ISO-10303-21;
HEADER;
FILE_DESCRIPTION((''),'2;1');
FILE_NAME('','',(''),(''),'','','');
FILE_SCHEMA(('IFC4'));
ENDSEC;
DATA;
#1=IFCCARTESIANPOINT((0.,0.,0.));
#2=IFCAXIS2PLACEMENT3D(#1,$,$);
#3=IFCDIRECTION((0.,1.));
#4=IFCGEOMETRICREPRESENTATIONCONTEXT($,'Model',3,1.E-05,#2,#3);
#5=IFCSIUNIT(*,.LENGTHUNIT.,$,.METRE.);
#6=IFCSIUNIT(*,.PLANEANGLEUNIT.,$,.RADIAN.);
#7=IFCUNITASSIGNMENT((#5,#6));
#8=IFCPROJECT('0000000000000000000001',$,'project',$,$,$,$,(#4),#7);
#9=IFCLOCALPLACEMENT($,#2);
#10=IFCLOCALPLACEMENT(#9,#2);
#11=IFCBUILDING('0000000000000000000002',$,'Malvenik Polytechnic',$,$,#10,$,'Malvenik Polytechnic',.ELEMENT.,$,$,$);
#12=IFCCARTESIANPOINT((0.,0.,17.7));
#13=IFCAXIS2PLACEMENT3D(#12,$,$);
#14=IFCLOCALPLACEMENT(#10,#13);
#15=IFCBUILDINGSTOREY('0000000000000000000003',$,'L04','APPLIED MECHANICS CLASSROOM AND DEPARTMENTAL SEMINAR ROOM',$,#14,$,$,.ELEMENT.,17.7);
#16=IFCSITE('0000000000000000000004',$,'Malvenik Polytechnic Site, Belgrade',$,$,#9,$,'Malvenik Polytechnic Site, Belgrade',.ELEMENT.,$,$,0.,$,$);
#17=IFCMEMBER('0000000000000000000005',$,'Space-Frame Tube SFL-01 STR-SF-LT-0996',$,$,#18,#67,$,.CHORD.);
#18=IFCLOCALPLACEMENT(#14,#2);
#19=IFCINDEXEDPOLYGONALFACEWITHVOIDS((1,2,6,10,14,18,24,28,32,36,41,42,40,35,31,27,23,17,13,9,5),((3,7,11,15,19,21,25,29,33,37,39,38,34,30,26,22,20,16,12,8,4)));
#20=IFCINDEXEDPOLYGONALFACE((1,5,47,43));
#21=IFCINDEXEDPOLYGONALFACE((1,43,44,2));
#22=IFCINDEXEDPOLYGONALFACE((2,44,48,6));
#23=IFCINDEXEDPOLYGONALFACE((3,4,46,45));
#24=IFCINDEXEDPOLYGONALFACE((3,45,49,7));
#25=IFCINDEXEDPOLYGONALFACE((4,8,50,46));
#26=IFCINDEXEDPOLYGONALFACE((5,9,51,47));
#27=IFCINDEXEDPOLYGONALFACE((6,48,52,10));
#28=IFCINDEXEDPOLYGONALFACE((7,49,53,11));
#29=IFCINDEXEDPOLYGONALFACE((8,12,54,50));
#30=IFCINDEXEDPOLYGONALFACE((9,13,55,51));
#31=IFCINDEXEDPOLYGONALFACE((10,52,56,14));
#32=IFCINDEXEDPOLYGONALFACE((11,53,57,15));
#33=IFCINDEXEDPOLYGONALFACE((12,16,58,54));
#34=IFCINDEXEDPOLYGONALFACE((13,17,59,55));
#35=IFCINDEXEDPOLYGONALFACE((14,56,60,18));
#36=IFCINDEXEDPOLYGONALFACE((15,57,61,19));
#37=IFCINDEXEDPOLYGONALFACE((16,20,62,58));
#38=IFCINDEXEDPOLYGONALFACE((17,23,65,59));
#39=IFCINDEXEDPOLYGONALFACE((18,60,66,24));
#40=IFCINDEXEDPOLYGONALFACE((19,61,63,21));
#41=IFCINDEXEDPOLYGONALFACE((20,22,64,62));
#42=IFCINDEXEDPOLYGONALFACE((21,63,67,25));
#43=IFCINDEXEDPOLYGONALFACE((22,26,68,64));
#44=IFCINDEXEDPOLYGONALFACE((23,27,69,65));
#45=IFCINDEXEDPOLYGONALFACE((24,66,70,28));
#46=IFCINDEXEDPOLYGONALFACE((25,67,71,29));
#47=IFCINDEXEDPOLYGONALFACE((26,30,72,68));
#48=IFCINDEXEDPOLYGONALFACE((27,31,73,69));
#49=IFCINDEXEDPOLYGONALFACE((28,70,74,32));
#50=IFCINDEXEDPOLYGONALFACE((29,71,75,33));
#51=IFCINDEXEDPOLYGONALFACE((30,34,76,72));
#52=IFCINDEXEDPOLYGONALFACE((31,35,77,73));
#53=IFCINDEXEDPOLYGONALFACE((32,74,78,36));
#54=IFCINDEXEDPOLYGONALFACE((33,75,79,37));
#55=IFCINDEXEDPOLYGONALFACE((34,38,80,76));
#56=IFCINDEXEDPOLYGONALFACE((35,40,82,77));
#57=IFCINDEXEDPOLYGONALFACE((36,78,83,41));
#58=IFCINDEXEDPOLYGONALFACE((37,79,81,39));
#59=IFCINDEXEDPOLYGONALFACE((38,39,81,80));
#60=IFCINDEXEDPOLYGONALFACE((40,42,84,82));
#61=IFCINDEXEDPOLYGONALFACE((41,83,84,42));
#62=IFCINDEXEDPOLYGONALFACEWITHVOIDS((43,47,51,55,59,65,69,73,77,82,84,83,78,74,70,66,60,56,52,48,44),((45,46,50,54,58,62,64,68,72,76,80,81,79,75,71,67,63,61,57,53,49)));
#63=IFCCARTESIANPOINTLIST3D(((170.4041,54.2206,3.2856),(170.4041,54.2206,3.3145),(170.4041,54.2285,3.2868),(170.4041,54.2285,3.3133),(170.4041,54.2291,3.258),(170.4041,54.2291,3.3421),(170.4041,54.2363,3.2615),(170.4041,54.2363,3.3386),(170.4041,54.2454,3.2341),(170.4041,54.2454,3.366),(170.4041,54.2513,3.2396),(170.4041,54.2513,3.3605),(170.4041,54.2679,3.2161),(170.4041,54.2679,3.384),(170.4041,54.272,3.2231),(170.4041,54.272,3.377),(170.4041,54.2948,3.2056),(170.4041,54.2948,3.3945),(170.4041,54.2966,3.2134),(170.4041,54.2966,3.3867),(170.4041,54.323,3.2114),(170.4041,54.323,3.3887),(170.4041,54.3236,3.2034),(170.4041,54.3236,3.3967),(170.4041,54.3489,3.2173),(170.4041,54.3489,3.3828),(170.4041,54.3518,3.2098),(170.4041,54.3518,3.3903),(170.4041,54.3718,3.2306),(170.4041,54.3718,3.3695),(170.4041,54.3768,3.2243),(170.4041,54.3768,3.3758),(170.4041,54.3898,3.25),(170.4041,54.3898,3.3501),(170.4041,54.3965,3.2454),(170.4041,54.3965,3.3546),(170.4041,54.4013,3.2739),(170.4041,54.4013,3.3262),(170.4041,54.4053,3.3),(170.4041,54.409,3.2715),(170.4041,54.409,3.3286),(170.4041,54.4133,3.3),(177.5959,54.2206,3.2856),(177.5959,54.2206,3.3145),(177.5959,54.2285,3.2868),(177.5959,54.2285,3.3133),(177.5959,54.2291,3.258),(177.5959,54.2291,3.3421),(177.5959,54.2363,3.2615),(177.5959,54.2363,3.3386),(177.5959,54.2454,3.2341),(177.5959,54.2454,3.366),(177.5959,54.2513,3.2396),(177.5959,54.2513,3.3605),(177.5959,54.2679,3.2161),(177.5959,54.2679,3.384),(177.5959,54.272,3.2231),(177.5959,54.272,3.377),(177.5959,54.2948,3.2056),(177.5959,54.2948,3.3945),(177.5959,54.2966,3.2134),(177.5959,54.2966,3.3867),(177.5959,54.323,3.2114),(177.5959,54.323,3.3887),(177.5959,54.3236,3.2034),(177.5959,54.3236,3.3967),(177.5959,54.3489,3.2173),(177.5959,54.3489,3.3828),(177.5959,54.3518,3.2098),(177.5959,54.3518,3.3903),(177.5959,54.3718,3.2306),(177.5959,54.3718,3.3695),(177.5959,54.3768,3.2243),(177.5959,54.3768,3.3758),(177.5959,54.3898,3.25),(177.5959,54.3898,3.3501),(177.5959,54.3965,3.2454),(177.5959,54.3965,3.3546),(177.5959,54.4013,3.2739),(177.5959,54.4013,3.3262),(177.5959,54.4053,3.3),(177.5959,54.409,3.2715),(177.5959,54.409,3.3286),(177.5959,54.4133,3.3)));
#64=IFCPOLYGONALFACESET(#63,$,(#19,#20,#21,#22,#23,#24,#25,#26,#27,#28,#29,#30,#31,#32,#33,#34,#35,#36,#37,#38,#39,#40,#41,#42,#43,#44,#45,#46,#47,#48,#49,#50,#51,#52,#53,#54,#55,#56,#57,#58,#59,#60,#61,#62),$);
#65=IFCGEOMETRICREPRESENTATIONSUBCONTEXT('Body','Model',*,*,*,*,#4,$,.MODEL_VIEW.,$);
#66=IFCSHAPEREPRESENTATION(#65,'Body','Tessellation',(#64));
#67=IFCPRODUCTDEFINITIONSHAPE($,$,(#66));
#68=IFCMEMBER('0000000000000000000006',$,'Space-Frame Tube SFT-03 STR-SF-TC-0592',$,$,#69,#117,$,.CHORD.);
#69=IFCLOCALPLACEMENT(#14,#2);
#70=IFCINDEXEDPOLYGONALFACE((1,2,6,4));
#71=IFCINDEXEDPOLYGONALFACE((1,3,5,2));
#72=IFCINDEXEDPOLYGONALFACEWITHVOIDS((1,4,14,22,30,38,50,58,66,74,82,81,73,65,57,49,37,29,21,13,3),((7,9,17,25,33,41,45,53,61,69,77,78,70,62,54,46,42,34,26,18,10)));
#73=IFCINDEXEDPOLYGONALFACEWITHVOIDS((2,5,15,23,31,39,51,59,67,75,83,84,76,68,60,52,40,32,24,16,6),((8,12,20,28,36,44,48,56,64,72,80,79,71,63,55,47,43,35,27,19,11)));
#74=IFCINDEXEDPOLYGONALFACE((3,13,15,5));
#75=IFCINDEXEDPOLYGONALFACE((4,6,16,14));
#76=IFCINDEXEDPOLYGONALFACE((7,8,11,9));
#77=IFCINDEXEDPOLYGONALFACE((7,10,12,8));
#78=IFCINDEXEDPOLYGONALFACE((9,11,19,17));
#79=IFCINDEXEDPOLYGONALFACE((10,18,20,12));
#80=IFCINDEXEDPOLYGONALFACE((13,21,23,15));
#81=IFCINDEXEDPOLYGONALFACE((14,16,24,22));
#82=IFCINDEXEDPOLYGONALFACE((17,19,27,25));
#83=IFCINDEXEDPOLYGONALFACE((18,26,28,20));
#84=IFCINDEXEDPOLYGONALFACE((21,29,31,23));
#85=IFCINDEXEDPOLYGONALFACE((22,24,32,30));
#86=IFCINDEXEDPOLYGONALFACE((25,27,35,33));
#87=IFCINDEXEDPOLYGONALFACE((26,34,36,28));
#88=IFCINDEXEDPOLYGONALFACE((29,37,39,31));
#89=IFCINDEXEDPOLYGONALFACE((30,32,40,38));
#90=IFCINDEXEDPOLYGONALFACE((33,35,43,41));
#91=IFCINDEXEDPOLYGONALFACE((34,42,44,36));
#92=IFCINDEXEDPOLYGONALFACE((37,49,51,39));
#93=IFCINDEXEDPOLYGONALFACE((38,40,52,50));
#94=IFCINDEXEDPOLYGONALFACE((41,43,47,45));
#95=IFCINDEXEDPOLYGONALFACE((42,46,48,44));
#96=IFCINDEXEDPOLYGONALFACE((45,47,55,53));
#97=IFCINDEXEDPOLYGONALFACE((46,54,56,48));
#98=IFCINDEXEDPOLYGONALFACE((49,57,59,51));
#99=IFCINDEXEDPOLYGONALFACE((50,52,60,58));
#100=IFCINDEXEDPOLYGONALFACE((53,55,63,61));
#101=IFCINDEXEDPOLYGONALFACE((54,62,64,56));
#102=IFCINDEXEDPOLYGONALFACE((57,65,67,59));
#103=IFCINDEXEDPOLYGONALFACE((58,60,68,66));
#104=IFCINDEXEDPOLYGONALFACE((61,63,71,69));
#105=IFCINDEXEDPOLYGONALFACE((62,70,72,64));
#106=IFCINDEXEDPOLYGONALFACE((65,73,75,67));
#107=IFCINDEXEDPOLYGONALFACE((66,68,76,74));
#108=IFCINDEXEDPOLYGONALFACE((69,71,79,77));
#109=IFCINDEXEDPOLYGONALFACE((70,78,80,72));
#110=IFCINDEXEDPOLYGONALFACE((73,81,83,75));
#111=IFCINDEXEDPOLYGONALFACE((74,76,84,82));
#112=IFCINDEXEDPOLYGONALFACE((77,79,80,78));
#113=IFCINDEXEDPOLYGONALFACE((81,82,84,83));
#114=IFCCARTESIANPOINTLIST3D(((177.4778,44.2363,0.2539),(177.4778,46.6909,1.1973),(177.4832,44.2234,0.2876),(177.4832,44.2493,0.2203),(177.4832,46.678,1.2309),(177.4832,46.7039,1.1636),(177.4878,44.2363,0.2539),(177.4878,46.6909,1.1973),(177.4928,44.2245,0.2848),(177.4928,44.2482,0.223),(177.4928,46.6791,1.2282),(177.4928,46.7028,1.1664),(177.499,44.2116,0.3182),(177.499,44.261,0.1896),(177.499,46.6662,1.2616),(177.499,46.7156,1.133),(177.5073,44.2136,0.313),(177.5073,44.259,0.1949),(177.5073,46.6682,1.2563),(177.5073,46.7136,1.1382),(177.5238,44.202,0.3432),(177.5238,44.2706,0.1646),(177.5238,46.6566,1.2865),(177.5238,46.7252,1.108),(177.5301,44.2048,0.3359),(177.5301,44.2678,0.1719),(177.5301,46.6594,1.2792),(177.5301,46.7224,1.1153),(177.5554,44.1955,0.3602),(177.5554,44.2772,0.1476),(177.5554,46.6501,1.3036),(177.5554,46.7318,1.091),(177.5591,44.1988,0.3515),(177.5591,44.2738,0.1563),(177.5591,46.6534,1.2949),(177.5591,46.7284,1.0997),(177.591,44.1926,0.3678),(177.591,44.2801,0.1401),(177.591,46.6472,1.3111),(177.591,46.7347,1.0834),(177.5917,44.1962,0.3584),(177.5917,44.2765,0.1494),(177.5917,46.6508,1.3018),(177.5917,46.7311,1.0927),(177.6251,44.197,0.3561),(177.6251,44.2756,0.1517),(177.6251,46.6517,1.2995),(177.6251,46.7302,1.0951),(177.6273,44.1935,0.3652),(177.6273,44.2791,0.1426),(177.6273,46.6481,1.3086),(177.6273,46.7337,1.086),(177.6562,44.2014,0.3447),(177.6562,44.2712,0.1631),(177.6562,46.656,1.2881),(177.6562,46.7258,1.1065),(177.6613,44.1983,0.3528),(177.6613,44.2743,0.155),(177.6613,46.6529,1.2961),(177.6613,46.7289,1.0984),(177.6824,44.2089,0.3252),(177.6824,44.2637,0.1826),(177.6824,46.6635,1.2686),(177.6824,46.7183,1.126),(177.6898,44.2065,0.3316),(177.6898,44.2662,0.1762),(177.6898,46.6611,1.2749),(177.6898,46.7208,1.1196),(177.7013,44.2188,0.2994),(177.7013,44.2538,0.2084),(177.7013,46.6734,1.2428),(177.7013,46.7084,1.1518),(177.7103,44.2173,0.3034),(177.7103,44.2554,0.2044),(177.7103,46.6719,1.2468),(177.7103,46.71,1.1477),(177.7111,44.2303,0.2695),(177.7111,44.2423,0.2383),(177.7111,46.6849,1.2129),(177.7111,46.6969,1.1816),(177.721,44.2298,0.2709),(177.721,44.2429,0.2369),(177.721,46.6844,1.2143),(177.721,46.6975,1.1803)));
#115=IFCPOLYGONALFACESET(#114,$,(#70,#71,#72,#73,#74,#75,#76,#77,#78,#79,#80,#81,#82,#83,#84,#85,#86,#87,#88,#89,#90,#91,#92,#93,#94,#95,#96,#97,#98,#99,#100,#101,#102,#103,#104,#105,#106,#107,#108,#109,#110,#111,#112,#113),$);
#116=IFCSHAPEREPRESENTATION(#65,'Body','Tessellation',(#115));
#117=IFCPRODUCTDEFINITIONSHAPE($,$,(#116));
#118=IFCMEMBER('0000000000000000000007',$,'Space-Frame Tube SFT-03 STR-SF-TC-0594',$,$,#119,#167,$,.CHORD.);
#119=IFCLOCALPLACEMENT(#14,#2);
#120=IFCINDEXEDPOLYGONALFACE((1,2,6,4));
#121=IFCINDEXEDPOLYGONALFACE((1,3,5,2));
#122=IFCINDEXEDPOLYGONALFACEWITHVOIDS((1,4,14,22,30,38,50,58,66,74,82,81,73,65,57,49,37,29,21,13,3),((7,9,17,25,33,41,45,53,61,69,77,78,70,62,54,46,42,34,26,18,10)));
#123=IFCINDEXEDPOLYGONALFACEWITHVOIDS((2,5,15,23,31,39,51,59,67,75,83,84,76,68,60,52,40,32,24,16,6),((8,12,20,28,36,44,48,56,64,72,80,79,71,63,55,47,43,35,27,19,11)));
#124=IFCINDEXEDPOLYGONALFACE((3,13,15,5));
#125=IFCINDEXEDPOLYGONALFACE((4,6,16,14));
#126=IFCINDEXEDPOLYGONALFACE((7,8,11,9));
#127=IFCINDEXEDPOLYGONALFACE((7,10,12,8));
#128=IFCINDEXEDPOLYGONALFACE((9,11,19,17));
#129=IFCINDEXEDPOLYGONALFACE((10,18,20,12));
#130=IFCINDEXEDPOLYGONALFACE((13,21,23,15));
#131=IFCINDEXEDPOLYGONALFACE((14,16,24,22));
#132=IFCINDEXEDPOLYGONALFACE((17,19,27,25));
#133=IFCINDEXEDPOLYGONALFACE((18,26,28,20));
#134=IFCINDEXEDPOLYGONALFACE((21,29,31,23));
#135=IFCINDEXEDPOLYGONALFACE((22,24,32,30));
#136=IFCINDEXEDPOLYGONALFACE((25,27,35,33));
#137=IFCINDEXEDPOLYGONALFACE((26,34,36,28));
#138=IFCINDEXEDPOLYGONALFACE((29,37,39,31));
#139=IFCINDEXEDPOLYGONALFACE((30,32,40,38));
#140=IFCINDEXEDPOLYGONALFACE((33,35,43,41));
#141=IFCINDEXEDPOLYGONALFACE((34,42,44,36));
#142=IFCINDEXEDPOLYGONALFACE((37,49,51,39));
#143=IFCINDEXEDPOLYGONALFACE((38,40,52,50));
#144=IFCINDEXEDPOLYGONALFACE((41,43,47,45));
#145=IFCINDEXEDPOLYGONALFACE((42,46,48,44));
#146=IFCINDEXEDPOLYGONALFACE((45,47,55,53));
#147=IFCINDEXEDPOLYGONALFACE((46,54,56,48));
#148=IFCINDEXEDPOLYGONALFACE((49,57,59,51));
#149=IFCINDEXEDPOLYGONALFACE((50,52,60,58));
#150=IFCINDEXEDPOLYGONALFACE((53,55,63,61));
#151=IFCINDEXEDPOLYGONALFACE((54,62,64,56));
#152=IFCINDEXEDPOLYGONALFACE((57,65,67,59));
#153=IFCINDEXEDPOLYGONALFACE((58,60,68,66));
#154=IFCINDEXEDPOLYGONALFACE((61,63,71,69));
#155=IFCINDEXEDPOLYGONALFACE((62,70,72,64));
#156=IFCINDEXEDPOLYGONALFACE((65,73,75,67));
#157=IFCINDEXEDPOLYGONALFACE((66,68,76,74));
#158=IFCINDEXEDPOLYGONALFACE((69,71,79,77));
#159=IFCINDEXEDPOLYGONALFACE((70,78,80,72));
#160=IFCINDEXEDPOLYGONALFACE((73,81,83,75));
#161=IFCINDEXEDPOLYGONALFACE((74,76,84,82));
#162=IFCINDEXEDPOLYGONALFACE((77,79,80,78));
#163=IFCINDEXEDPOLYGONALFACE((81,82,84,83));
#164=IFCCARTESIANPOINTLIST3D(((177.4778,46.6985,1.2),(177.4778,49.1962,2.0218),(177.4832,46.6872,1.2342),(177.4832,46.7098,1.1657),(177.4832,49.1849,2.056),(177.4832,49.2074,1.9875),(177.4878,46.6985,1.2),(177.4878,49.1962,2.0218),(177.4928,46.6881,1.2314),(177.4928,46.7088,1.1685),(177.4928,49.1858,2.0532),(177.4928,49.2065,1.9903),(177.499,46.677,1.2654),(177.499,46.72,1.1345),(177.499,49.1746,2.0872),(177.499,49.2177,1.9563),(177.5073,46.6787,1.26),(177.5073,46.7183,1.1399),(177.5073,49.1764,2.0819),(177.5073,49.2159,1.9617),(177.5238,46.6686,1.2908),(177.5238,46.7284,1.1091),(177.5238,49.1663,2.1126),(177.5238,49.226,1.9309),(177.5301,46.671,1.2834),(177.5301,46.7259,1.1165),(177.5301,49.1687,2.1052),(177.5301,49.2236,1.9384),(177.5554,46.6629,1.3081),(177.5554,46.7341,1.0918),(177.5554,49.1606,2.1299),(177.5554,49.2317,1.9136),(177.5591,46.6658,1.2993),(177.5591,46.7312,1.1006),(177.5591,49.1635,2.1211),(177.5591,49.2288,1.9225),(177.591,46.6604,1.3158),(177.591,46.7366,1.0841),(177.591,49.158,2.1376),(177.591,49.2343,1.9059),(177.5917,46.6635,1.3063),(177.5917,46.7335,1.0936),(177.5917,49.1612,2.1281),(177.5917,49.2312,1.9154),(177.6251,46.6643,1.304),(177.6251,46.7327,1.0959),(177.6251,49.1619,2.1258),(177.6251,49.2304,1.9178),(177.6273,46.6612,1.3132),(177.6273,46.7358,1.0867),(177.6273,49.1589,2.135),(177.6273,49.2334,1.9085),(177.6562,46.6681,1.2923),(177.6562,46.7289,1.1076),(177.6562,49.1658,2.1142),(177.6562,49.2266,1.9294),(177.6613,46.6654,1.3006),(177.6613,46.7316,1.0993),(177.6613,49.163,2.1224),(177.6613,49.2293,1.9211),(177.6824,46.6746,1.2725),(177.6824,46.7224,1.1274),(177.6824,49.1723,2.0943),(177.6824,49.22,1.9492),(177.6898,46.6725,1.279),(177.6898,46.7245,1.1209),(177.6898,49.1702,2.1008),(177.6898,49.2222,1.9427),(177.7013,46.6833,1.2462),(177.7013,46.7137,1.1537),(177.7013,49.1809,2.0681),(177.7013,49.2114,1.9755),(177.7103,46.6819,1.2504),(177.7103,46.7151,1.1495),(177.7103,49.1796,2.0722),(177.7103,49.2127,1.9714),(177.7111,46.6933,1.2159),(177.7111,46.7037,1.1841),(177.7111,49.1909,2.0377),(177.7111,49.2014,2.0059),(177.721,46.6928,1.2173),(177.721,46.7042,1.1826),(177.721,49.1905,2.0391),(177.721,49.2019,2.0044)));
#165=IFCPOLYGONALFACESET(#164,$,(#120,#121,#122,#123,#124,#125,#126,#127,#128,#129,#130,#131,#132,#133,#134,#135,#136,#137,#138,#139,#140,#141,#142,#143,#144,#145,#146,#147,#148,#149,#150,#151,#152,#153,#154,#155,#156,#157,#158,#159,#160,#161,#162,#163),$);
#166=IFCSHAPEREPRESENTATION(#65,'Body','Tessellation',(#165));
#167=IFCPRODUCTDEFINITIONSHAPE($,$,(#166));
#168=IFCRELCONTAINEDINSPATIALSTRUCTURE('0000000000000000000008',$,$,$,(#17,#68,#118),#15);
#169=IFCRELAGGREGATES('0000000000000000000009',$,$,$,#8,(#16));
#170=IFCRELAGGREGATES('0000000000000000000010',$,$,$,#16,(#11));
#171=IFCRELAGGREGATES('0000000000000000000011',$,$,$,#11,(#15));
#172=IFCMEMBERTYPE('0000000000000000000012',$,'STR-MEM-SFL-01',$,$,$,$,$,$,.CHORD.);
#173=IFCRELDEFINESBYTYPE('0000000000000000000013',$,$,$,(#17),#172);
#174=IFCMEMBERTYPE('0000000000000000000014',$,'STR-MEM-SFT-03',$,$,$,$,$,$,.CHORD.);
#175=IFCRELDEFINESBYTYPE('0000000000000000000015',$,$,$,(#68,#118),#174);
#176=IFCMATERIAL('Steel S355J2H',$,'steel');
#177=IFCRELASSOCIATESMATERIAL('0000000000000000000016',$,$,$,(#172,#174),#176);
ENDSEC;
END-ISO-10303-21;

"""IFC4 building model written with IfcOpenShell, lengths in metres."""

from ifc_helpers import new_model, si_unit, direction, frame, origin, origin_2d, place, context, subcontext, project, spatial, hollow_circle, extrude, material, material_profile, profile_set, type_object, element, save


model = new_model("IFC4")

# Units and contexts
model_context = context("Model", 3, precision=1e-05, world=origin(), true_north=direction((0.0, 1.0)))
body_context = subcontext(model_context, "Body", "Model", "MODEL_VIEW")
ifc_project = project(units=[si_unit("LENGTHUNIT", "METRE"), si_unit("PLANEANGLEUNIT", "RADIAN")], contexts=[model_context])

# Site, building, storey
site_placement = place(None, origin())
site = spatial("IfcSite", under=ifc_project, at=site_placement, Name="Malvenik Polytechnic Site, Belgrade", LongName="Malvenik Polytechnic Site, Belgrade", CompositionType="ELEMENT", RefElevation=0.0)
building_placement = place(site_placement, origin())
building = spatial("IfcBuilding", under=site, at=building_placement, Name="Malvenik Polytechnic", LongName="Malvenik Polytechnic", CompositionType="ELEMENT")
storey_placement = place(building_placement, frame((0.0, 0.0, 17.7)))
storey = spatial("IfcBuildingStorey", under=building, at=storey_placement, Name="L04", Description="APPLIED MECHANICS CLASSROOM AND DEPARTMENTAL SEMINAR ROOM", CompositionType="ELEMENT", Elevation=17.7)

# Members
ifc_material = material(Name="Steel S355J2H", Category="steel")
ifc_material_profile_1 = material_profile(ifc_material, hollow_circle(Radius=0.0969, WallThickness=0.0081, at=origin_2d()), Name="CHS 193.7x8.0")
ifc_profile_set_1 = profile_set([ifc_material_profile_1], Name="Steel S355J2H")
member_type_1 = type_object("IfcMemberType", Name="STR-MEM-SFL-01", PredefinedType="CHORD", material=ifc_profile_set_1)
for number, where, z_axis, x_axis, name in (
    (1, (170.4041, 54.3164, 3.3), (1.0, 0.0, 0.0), (0.0, 1.0, 0.0), "Space-Frame Tube SFL-01 STR-SF-LT-0996"),
):
    element("IfcMember", number, at=place(storey_placement, frame(where, z_axis=z_axis, x_axis=x_axis)), inside=storey, type_object=member_type_1, Name=name, PredefinedType="CHORD", context=body_context, shape_type="SweptSolid", body=[
        extrude(hollow_circle(Radius=0.0969, WallThickness=0.0081, at=origin_2d()), origin(), (0.0, 0.0, 1.0), 7.1919),
    ])
ifc_material_profile_2 = material_profile(ifc_material, hollow_circle(Radius=0.1223, WallThickness=0.01, at=origin_2d()), Name="CHS 244.5x10.0")
ifc_profile_set_2 = profile_set([ifc_material_profile_2], Name="Steel S355J2H")
member_type_2 = type_object("IfcMemberType", Name="STR-MEM-SFT-03", PredefinedType="CHORD", material=ifc_profile_set_2)
member_1_placement = place(storey_placement, frame((177.6001, 44.2363, 0.2539), z_axis=(0.0, 0.933437, 0.358743), x_axis=(-1.0, 0.0, 0.0)))
element("IfcMember", 2, at=member_1_placement, inside=storey, type_object=member_type_2, Name="Space-Frame Tube SFT-03 STR-SF-TC-0592", PredefinedType="CHORD", context=body_context, shape_type="SweptSolid", body=[
    extrude(hollow_circle(Radius=0.1223, WallThickness=0.01, at=origin_2d()), origin(), (0.0, 0.0, 1.0), 2.6296),
])
member_2_placement = place(storey_placement, frame((177.6001, 46.6985, 1.2), z_axis=(0.0, 0.949902, 0.312548), x_axis=(-1.0, 0.0, 0.0)))
element("IfcMember", 3, at=member_2_placement, inside=storey, type_object=member_type_2, Name="Space-Frame Tube SFT-03 STR-SF-TC-0594", PredefinedType="CHORD", context=body_context, shape_type="SweptSolid", body=[
    extrude(hollow_circle(Radius=0.1223, WallThickness=0.01, at=origin_2d()), origin(), (0.0, 0.0, 1.0), 2.6294),
])

save(model, "model.ifc")
